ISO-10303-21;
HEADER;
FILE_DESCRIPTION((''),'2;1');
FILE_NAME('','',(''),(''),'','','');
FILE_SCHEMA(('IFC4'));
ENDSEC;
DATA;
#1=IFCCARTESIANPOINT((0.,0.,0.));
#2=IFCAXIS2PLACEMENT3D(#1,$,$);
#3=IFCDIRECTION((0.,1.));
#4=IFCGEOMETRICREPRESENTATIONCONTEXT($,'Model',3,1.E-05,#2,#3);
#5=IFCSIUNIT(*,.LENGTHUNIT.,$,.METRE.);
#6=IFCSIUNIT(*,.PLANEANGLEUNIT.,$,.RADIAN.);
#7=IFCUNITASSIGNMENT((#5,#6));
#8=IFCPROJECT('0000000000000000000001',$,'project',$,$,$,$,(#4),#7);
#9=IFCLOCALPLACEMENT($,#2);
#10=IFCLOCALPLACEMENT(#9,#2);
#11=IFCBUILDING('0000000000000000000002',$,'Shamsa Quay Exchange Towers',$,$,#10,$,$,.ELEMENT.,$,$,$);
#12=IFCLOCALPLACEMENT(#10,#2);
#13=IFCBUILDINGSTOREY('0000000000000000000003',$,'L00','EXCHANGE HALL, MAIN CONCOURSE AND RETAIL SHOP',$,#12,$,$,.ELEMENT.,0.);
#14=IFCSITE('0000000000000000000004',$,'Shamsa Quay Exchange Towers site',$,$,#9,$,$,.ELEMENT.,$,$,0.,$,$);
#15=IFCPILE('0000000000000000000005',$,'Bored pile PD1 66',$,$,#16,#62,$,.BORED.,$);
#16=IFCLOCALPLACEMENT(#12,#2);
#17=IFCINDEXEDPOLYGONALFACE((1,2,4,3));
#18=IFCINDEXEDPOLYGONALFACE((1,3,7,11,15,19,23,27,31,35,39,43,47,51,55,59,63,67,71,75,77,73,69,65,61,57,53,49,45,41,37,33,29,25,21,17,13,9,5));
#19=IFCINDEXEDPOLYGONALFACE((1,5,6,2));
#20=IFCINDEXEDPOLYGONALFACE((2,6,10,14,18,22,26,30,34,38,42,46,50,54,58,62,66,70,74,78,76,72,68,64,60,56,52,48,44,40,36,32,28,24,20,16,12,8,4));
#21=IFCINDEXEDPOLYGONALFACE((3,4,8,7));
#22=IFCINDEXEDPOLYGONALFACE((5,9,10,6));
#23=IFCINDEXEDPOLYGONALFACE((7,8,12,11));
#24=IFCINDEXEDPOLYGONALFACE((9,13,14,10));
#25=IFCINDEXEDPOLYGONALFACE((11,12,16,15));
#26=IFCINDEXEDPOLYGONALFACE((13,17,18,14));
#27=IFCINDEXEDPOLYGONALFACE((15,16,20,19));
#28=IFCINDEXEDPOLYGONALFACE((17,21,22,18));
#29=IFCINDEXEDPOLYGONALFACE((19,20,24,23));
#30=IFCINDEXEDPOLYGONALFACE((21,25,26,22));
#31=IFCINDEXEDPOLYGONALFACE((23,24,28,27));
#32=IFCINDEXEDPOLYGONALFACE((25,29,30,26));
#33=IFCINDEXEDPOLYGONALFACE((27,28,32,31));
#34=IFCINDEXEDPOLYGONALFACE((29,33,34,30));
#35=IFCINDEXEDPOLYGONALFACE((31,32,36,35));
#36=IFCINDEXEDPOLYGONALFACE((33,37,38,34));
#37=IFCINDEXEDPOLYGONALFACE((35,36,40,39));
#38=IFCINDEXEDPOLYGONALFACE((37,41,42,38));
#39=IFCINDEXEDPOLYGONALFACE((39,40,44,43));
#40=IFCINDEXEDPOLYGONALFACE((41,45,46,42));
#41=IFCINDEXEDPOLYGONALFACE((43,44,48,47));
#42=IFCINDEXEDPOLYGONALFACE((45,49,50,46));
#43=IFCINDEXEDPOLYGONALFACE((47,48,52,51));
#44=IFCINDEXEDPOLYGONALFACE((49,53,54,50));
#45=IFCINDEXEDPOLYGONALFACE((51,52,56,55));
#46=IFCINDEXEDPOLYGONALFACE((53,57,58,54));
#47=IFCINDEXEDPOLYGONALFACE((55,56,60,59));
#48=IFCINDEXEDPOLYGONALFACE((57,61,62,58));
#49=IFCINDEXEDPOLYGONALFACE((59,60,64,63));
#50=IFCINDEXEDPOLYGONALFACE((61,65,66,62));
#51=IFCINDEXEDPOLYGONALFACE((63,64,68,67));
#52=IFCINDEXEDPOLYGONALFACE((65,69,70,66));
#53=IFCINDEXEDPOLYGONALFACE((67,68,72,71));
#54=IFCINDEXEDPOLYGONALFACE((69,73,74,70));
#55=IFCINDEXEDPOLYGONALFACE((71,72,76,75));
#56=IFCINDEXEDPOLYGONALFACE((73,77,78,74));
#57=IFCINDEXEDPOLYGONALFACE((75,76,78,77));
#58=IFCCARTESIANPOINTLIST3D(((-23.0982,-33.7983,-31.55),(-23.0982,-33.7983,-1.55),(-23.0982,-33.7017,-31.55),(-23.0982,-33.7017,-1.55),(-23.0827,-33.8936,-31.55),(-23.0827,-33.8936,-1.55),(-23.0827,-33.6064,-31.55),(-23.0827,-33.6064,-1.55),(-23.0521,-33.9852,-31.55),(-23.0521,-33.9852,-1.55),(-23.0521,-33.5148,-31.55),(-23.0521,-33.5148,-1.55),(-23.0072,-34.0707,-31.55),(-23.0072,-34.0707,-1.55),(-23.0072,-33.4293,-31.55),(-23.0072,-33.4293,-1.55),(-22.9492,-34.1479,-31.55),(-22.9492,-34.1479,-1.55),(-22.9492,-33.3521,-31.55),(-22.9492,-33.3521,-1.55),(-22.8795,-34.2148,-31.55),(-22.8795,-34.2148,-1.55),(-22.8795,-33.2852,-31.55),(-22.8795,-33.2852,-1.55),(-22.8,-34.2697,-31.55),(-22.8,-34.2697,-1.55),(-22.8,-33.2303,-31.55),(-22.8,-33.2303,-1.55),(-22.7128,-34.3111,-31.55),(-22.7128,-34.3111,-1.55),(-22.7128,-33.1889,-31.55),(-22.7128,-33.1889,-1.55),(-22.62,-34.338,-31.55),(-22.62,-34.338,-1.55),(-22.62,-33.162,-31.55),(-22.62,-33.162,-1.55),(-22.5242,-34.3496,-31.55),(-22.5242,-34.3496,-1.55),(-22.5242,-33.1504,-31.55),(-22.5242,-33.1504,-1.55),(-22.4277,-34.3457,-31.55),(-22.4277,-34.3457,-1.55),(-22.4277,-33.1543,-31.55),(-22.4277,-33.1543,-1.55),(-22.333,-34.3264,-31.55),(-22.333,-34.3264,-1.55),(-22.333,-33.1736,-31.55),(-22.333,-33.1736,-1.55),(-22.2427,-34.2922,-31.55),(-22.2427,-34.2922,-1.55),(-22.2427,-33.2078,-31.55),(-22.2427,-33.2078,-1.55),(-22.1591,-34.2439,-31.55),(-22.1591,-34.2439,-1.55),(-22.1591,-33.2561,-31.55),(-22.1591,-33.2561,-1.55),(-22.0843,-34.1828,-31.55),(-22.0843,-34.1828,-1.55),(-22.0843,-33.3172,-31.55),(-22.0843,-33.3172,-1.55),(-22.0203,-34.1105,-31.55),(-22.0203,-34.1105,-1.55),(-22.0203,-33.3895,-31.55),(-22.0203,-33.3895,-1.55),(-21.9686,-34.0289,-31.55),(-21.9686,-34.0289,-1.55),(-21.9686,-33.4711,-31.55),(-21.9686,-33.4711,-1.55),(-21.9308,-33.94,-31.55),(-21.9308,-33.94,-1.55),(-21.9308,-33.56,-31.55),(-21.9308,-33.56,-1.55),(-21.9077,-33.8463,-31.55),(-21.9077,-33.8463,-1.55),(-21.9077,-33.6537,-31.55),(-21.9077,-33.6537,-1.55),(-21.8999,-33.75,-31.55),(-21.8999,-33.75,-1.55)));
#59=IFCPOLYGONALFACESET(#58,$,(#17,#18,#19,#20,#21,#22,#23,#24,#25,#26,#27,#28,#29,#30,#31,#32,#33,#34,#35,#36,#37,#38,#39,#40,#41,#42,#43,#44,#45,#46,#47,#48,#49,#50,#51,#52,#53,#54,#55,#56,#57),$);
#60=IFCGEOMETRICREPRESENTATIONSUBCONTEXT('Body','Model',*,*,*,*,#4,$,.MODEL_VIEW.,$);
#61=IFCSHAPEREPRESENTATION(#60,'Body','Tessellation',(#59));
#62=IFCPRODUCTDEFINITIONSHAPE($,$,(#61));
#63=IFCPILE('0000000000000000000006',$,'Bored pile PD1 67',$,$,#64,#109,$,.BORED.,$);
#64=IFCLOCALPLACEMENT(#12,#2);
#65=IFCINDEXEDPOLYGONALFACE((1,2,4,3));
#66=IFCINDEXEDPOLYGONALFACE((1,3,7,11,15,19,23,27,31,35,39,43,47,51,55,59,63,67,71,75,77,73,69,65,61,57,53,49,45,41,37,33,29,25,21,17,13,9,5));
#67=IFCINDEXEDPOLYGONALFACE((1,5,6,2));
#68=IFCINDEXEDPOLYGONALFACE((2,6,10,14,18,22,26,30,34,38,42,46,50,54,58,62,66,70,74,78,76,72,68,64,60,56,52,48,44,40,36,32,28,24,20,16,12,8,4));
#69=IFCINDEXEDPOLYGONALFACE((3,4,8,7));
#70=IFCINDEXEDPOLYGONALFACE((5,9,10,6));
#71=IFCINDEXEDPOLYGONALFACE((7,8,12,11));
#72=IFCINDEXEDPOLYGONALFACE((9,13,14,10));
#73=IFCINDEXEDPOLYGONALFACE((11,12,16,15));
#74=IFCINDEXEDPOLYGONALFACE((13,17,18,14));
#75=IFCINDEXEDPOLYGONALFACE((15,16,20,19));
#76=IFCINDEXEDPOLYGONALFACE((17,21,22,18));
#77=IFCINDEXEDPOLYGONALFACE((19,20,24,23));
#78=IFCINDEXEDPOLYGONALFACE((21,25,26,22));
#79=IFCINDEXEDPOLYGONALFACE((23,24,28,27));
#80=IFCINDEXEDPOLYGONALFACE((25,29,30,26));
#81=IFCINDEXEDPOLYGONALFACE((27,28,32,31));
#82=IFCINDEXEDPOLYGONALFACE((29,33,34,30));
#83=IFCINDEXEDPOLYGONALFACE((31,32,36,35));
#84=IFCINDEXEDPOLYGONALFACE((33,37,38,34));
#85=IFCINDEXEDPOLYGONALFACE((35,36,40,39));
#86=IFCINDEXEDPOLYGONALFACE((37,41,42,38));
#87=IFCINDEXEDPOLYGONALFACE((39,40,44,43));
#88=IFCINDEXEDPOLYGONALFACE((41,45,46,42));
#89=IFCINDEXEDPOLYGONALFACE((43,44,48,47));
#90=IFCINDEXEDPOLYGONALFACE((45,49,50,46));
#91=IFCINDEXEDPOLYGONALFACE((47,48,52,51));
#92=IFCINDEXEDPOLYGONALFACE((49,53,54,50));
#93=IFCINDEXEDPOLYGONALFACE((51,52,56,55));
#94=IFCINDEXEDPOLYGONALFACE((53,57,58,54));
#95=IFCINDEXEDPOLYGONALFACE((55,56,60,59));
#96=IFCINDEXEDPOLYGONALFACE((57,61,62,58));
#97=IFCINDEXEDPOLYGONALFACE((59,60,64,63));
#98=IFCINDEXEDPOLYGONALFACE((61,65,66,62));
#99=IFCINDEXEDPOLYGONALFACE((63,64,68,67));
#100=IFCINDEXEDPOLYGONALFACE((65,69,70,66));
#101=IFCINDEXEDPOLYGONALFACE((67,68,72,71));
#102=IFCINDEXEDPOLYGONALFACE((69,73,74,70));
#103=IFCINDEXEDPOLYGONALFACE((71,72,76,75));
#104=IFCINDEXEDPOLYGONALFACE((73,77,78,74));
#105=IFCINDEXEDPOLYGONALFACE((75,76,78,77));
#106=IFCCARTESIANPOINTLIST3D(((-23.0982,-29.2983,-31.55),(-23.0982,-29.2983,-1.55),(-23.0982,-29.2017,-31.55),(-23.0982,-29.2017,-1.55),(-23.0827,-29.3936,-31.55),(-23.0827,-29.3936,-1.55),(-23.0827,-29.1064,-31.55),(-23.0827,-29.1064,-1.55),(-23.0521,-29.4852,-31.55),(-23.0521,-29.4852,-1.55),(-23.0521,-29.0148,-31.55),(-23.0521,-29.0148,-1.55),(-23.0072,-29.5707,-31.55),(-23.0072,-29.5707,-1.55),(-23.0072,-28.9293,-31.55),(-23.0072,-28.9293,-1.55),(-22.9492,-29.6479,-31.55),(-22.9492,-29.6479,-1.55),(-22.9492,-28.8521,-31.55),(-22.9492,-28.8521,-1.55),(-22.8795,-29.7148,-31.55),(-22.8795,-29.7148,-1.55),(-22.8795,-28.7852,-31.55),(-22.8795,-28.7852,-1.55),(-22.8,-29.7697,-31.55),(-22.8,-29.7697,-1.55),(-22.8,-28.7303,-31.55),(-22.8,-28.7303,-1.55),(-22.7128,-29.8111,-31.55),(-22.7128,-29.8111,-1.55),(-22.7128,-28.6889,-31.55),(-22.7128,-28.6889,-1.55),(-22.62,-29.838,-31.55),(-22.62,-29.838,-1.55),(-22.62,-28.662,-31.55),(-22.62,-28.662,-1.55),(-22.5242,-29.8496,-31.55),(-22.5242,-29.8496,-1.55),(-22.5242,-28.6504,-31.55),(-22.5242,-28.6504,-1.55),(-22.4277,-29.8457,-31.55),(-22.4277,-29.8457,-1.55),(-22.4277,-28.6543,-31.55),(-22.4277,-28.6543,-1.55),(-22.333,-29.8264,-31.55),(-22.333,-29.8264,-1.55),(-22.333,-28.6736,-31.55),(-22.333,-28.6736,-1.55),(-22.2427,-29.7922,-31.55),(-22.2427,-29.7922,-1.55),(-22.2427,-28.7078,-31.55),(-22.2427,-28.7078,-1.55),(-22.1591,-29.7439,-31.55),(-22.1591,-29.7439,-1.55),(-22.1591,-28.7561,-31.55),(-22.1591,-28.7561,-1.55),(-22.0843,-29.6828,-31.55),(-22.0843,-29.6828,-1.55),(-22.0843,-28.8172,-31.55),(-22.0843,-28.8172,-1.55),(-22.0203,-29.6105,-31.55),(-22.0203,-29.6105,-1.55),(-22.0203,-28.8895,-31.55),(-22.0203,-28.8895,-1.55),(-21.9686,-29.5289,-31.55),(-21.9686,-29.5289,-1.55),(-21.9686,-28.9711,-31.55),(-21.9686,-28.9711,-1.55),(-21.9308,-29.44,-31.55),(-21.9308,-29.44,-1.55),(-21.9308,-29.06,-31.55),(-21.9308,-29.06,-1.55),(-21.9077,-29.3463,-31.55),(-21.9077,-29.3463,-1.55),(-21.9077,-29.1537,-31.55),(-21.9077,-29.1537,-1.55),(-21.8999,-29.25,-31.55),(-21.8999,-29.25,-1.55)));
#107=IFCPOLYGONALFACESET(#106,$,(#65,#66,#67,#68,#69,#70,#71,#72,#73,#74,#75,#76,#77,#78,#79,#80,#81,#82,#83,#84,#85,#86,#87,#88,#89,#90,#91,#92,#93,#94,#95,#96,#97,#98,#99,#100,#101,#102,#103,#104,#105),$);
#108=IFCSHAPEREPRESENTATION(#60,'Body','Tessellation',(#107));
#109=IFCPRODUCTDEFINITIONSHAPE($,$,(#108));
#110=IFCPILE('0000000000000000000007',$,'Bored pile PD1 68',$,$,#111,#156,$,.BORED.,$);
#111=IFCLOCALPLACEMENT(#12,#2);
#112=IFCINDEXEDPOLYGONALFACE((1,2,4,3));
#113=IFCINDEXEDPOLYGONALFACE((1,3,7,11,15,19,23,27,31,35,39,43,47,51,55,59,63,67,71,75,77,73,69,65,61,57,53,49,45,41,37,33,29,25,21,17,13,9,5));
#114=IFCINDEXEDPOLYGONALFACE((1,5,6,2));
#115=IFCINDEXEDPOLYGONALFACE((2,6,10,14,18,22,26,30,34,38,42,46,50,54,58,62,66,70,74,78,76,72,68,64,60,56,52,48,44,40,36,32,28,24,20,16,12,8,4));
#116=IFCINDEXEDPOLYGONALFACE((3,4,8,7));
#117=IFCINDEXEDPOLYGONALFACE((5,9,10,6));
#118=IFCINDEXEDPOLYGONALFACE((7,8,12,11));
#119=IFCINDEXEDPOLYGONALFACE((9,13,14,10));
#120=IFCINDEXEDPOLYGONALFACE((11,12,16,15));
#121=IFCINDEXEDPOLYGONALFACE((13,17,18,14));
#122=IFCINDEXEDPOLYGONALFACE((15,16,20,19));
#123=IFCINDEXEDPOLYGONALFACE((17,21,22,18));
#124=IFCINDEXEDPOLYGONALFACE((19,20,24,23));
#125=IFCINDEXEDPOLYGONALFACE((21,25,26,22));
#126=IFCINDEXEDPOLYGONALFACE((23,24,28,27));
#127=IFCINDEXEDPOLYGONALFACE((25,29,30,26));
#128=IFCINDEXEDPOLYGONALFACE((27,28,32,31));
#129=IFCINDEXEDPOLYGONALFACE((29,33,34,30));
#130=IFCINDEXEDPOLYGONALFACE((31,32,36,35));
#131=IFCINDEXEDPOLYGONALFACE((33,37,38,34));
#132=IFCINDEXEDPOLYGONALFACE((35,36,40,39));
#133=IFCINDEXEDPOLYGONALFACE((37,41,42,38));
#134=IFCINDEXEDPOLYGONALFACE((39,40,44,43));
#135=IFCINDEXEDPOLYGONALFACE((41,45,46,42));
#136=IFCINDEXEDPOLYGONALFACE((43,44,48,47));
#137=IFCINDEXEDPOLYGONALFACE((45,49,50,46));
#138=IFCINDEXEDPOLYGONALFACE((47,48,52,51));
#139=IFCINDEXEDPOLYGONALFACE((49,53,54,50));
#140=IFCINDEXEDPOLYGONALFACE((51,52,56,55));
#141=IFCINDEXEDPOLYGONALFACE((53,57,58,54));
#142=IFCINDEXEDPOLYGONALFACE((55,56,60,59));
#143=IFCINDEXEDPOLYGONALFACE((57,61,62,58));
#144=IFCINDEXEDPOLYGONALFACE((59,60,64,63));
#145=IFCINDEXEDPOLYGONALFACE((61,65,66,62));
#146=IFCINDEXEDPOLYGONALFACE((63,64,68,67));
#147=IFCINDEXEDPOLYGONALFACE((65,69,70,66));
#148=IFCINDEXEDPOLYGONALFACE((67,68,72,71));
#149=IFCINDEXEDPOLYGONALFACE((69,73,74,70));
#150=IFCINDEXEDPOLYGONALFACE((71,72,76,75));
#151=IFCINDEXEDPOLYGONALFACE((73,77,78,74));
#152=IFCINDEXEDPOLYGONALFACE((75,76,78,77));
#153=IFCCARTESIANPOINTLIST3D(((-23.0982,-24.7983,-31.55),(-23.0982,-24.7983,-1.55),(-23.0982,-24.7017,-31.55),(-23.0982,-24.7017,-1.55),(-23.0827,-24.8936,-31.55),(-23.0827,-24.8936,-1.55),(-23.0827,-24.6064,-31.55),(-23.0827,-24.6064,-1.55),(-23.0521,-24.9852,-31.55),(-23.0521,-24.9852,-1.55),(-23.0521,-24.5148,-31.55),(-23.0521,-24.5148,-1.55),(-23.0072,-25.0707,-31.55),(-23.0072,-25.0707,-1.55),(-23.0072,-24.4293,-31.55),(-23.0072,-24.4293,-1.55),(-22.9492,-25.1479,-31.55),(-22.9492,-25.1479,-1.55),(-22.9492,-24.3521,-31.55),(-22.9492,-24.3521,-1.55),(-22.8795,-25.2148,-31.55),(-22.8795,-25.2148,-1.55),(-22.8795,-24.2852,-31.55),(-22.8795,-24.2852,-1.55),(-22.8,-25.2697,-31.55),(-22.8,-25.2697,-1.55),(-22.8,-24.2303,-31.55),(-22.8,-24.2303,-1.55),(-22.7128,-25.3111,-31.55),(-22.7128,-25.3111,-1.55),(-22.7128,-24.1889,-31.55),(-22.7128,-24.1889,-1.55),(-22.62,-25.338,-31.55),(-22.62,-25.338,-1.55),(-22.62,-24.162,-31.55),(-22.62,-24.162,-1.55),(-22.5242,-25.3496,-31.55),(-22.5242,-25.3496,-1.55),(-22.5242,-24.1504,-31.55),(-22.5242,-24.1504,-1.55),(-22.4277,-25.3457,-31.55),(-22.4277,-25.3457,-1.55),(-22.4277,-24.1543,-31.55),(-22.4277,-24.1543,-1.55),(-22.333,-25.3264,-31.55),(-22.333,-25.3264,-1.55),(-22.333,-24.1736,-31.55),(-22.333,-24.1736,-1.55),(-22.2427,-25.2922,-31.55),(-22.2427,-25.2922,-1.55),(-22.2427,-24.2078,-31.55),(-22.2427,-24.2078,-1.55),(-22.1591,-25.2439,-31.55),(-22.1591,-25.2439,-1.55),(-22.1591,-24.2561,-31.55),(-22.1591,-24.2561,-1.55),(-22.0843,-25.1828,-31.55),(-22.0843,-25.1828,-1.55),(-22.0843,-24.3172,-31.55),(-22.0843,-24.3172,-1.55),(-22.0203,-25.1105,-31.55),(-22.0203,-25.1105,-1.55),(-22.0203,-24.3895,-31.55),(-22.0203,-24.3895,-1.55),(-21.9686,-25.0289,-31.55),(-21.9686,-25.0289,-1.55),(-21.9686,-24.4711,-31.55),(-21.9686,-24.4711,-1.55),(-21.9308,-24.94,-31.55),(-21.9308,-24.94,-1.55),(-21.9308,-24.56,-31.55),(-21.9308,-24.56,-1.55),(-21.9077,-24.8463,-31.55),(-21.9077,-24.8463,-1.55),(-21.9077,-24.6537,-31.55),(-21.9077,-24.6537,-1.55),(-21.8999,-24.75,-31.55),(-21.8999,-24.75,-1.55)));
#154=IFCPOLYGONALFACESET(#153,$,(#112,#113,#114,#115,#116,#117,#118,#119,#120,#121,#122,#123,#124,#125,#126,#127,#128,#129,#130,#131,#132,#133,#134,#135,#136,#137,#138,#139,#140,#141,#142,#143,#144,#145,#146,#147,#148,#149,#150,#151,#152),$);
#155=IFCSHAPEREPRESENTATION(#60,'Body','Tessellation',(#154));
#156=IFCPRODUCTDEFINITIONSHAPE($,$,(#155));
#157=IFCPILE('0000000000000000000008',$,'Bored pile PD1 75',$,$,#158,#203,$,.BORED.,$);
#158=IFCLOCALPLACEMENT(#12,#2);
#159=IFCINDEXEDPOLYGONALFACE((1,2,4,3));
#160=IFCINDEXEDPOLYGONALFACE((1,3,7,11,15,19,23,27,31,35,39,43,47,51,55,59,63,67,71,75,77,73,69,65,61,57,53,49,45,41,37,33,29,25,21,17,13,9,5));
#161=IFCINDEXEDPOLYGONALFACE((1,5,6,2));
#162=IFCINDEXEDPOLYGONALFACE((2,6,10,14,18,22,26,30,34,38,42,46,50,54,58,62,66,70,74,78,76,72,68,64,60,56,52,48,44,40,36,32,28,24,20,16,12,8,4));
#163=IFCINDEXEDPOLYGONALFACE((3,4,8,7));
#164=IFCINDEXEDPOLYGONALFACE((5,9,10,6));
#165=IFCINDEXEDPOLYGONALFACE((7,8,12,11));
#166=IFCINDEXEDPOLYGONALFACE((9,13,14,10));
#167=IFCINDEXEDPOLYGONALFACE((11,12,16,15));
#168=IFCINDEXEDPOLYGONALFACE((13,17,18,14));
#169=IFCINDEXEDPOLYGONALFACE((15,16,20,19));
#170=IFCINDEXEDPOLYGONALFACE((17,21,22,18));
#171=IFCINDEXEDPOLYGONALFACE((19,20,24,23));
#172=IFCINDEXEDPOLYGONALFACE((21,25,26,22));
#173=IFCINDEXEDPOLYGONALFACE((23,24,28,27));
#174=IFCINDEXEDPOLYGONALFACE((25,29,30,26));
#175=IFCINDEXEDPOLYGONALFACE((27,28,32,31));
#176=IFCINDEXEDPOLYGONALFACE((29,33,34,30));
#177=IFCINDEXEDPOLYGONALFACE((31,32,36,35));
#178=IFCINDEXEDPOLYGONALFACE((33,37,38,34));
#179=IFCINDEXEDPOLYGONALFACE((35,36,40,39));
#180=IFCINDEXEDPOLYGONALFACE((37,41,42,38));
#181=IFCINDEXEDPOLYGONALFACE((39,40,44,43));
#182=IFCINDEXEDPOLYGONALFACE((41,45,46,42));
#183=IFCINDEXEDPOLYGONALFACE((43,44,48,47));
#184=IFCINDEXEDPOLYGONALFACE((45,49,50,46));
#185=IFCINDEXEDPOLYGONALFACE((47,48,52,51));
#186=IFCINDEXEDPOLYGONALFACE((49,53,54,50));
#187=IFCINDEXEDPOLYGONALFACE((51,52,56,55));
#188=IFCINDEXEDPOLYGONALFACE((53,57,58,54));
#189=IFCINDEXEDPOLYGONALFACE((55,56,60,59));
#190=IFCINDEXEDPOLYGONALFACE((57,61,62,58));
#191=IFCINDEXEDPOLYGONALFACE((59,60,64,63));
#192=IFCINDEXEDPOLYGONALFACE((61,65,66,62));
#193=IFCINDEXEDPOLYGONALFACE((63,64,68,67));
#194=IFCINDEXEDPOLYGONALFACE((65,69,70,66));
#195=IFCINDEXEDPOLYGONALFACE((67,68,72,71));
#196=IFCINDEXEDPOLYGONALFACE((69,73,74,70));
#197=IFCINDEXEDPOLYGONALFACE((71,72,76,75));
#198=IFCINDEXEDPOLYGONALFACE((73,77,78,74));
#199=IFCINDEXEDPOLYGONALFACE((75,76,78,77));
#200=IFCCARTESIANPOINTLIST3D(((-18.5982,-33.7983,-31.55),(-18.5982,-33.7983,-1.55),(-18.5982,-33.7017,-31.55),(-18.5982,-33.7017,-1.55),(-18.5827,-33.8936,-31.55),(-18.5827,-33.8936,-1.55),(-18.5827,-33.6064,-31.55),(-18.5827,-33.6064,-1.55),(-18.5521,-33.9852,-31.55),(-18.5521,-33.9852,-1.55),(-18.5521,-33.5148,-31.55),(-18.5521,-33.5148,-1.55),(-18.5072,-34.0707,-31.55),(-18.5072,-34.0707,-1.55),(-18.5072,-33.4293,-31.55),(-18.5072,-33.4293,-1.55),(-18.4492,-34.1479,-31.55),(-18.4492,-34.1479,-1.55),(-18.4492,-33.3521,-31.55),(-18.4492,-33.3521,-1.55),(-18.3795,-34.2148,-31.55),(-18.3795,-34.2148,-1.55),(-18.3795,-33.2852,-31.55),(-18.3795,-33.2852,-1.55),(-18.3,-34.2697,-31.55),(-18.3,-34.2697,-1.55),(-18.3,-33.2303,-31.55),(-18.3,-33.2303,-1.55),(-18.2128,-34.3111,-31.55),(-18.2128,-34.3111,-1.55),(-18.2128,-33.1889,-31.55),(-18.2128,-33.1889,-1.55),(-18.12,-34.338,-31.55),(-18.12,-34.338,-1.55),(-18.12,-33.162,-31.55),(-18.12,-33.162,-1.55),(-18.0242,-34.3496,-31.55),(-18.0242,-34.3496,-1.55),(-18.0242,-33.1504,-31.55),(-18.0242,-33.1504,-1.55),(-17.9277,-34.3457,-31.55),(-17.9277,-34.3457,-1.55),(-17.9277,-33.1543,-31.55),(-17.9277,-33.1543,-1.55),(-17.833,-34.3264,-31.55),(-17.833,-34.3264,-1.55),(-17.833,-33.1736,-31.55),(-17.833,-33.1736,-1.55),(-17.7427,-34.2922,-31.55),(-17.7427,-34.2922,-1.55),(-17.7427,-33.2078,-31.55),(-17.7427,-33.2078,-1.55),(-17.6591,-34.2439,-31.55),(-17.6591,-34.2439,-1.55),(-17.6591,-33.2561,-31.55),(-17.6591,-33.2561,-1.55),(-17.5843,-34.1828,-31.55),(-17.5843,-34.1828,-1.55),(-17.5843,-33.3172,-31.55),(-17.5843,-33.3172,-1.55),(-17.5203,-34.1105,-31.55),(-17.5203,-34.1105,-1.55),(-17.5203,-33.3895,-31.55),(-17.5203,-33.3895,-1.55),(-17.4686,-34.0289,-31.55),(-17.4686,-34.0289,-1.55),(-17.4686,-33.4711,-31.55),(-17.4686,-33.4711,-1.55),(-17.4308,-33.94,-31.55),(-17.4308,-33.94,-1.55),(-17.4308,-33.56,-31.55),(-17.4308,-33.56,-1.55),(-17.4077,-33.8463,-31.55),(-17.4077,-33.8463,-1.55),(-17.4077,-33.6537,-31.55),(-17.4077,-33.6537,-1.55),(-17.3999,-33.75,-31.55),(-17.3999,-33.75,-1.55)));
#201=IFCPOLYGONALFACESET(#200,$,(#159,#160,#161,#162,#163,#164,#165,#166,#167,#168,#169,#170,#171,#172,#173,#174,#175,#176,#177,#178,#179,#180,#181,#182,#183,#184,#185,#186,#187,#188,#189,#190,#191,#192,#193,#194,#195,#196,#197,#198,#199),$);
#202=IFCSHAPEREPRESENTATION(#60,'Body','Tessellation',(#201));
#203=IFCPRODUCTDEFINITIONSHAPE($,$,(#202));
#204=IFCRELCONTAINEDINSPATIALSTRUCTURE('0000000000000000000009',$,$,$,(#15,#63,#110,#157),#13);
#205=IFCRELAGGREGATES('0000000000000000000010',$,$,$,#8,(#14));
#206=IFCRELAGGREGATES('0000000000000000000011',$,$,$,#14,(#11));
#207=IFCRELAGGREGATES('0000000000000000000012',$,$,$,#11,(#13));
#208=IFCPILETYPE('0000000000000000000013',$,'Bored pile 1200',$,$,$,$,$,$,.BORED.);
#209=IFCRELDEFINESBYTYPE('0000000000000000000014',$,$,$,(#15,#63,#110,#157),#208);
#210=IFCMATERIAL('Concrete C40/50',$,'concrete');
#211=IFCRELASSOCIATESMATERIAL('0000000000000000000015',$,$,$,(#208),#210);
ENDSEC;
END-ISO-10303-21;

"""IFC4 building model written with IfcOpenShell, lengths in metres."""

from ifc_helpers import new_model, si_unit, direction, frame, origin, origin_2d, place, context, subcontext, project, spatial, circle, extrude, material, material_profile, profile_set, type_object, element, save


model = new_model("IFC4")

# Units and contexts
model_context = context("Model", 3, precision=1e-05, world=origin(), true_north=direction((0.0, 1.0)))
body_context = subcontext(model_context, "Body", "Model", "MODEL_VIEW")
ifc_project = project(units=[si_unit("LENGTHUNIT", "METRE"), si_unit("PLANEANGLEUNIT", "RADIAN")], contexts=[model_context])

# Site, building, storey
site_placement = place(None, origin())
site = spatial("IfcSite", under=ifc_project, at=site_placement, Name="Shamsa Quay Exchange Towers site", CompositionType="ELEMENT", RefElevation=0.0)
building_placement = place(site_placement, origin())
building = spatial("IfcBuilding", under=site, at=building_placement, Name="Shamsa Quay Exchange Towers", CompositionType="ELEMENT")
storey_placement = place(building_placement, origin())
storey = spatial("IfcBuildingStorey", under=building, at=storey_placement, Name="L00", Description="EXCHANGE HALL, MAIN CONCOURSE AND RETAIL SHOP", CompositionType="ELEMENT", Elevation=0.0)

# Piles
ifc_material_1 = material(Name="Concrete C40/50", Category="concrete")
ifc_material_profile_1 = material_profile(ifc_material_1, circle(Radius=0.6001, at=origin_2d()), Name="BP1200")
ifc_profile_set_1 = profile_set([ifc_material_profile_1], Name="Concrete C40/50")
pile_type = type_object("IfcPileType", Name="Bored pile 1200", PredefinedType="BORED", material=ifc_profile_set_1)
for number, where, z_axis, x_axis, name in (
    (1, (-22.5, -33.75, -1.55), (0.0, 0.0, -1.0), (1.0, 0.0, 0.0), "Bored pile PD1 66"),
    (2, (-22.5, -29.25, -1.55), (0.0, 0.0, -1.0), (1.0, 0.0, 0.0), "Bored pile PD1 67"),
    (3, (-22.5, -24.75, -1.55), (0.0, 0.0, -1.0), (1.0, 0.0, 0.0), "Bored pile PD1 68"),
    (4, (-18.0, -33.75, -1.55), (0.0, 0.0, -1.0), (1.0, 0.0, 0.0), "Bored pile PD1 75"),
):
    element("IfcPile", number, at=place(storey_placement, frame(where, z_axis=z_axis, x_axis=x_axis)), inside=storey, type_object=pile_type, Name=name, PredefinedType="BORED", context=body_context, shape_type="SweptSolid", body=[
        extrude(circle(Radius=0.6001, at=origin_2d()), origin(), (0.0, 0.0, 1.0), 30.0),
    ])

save(model, "model.ifc")
